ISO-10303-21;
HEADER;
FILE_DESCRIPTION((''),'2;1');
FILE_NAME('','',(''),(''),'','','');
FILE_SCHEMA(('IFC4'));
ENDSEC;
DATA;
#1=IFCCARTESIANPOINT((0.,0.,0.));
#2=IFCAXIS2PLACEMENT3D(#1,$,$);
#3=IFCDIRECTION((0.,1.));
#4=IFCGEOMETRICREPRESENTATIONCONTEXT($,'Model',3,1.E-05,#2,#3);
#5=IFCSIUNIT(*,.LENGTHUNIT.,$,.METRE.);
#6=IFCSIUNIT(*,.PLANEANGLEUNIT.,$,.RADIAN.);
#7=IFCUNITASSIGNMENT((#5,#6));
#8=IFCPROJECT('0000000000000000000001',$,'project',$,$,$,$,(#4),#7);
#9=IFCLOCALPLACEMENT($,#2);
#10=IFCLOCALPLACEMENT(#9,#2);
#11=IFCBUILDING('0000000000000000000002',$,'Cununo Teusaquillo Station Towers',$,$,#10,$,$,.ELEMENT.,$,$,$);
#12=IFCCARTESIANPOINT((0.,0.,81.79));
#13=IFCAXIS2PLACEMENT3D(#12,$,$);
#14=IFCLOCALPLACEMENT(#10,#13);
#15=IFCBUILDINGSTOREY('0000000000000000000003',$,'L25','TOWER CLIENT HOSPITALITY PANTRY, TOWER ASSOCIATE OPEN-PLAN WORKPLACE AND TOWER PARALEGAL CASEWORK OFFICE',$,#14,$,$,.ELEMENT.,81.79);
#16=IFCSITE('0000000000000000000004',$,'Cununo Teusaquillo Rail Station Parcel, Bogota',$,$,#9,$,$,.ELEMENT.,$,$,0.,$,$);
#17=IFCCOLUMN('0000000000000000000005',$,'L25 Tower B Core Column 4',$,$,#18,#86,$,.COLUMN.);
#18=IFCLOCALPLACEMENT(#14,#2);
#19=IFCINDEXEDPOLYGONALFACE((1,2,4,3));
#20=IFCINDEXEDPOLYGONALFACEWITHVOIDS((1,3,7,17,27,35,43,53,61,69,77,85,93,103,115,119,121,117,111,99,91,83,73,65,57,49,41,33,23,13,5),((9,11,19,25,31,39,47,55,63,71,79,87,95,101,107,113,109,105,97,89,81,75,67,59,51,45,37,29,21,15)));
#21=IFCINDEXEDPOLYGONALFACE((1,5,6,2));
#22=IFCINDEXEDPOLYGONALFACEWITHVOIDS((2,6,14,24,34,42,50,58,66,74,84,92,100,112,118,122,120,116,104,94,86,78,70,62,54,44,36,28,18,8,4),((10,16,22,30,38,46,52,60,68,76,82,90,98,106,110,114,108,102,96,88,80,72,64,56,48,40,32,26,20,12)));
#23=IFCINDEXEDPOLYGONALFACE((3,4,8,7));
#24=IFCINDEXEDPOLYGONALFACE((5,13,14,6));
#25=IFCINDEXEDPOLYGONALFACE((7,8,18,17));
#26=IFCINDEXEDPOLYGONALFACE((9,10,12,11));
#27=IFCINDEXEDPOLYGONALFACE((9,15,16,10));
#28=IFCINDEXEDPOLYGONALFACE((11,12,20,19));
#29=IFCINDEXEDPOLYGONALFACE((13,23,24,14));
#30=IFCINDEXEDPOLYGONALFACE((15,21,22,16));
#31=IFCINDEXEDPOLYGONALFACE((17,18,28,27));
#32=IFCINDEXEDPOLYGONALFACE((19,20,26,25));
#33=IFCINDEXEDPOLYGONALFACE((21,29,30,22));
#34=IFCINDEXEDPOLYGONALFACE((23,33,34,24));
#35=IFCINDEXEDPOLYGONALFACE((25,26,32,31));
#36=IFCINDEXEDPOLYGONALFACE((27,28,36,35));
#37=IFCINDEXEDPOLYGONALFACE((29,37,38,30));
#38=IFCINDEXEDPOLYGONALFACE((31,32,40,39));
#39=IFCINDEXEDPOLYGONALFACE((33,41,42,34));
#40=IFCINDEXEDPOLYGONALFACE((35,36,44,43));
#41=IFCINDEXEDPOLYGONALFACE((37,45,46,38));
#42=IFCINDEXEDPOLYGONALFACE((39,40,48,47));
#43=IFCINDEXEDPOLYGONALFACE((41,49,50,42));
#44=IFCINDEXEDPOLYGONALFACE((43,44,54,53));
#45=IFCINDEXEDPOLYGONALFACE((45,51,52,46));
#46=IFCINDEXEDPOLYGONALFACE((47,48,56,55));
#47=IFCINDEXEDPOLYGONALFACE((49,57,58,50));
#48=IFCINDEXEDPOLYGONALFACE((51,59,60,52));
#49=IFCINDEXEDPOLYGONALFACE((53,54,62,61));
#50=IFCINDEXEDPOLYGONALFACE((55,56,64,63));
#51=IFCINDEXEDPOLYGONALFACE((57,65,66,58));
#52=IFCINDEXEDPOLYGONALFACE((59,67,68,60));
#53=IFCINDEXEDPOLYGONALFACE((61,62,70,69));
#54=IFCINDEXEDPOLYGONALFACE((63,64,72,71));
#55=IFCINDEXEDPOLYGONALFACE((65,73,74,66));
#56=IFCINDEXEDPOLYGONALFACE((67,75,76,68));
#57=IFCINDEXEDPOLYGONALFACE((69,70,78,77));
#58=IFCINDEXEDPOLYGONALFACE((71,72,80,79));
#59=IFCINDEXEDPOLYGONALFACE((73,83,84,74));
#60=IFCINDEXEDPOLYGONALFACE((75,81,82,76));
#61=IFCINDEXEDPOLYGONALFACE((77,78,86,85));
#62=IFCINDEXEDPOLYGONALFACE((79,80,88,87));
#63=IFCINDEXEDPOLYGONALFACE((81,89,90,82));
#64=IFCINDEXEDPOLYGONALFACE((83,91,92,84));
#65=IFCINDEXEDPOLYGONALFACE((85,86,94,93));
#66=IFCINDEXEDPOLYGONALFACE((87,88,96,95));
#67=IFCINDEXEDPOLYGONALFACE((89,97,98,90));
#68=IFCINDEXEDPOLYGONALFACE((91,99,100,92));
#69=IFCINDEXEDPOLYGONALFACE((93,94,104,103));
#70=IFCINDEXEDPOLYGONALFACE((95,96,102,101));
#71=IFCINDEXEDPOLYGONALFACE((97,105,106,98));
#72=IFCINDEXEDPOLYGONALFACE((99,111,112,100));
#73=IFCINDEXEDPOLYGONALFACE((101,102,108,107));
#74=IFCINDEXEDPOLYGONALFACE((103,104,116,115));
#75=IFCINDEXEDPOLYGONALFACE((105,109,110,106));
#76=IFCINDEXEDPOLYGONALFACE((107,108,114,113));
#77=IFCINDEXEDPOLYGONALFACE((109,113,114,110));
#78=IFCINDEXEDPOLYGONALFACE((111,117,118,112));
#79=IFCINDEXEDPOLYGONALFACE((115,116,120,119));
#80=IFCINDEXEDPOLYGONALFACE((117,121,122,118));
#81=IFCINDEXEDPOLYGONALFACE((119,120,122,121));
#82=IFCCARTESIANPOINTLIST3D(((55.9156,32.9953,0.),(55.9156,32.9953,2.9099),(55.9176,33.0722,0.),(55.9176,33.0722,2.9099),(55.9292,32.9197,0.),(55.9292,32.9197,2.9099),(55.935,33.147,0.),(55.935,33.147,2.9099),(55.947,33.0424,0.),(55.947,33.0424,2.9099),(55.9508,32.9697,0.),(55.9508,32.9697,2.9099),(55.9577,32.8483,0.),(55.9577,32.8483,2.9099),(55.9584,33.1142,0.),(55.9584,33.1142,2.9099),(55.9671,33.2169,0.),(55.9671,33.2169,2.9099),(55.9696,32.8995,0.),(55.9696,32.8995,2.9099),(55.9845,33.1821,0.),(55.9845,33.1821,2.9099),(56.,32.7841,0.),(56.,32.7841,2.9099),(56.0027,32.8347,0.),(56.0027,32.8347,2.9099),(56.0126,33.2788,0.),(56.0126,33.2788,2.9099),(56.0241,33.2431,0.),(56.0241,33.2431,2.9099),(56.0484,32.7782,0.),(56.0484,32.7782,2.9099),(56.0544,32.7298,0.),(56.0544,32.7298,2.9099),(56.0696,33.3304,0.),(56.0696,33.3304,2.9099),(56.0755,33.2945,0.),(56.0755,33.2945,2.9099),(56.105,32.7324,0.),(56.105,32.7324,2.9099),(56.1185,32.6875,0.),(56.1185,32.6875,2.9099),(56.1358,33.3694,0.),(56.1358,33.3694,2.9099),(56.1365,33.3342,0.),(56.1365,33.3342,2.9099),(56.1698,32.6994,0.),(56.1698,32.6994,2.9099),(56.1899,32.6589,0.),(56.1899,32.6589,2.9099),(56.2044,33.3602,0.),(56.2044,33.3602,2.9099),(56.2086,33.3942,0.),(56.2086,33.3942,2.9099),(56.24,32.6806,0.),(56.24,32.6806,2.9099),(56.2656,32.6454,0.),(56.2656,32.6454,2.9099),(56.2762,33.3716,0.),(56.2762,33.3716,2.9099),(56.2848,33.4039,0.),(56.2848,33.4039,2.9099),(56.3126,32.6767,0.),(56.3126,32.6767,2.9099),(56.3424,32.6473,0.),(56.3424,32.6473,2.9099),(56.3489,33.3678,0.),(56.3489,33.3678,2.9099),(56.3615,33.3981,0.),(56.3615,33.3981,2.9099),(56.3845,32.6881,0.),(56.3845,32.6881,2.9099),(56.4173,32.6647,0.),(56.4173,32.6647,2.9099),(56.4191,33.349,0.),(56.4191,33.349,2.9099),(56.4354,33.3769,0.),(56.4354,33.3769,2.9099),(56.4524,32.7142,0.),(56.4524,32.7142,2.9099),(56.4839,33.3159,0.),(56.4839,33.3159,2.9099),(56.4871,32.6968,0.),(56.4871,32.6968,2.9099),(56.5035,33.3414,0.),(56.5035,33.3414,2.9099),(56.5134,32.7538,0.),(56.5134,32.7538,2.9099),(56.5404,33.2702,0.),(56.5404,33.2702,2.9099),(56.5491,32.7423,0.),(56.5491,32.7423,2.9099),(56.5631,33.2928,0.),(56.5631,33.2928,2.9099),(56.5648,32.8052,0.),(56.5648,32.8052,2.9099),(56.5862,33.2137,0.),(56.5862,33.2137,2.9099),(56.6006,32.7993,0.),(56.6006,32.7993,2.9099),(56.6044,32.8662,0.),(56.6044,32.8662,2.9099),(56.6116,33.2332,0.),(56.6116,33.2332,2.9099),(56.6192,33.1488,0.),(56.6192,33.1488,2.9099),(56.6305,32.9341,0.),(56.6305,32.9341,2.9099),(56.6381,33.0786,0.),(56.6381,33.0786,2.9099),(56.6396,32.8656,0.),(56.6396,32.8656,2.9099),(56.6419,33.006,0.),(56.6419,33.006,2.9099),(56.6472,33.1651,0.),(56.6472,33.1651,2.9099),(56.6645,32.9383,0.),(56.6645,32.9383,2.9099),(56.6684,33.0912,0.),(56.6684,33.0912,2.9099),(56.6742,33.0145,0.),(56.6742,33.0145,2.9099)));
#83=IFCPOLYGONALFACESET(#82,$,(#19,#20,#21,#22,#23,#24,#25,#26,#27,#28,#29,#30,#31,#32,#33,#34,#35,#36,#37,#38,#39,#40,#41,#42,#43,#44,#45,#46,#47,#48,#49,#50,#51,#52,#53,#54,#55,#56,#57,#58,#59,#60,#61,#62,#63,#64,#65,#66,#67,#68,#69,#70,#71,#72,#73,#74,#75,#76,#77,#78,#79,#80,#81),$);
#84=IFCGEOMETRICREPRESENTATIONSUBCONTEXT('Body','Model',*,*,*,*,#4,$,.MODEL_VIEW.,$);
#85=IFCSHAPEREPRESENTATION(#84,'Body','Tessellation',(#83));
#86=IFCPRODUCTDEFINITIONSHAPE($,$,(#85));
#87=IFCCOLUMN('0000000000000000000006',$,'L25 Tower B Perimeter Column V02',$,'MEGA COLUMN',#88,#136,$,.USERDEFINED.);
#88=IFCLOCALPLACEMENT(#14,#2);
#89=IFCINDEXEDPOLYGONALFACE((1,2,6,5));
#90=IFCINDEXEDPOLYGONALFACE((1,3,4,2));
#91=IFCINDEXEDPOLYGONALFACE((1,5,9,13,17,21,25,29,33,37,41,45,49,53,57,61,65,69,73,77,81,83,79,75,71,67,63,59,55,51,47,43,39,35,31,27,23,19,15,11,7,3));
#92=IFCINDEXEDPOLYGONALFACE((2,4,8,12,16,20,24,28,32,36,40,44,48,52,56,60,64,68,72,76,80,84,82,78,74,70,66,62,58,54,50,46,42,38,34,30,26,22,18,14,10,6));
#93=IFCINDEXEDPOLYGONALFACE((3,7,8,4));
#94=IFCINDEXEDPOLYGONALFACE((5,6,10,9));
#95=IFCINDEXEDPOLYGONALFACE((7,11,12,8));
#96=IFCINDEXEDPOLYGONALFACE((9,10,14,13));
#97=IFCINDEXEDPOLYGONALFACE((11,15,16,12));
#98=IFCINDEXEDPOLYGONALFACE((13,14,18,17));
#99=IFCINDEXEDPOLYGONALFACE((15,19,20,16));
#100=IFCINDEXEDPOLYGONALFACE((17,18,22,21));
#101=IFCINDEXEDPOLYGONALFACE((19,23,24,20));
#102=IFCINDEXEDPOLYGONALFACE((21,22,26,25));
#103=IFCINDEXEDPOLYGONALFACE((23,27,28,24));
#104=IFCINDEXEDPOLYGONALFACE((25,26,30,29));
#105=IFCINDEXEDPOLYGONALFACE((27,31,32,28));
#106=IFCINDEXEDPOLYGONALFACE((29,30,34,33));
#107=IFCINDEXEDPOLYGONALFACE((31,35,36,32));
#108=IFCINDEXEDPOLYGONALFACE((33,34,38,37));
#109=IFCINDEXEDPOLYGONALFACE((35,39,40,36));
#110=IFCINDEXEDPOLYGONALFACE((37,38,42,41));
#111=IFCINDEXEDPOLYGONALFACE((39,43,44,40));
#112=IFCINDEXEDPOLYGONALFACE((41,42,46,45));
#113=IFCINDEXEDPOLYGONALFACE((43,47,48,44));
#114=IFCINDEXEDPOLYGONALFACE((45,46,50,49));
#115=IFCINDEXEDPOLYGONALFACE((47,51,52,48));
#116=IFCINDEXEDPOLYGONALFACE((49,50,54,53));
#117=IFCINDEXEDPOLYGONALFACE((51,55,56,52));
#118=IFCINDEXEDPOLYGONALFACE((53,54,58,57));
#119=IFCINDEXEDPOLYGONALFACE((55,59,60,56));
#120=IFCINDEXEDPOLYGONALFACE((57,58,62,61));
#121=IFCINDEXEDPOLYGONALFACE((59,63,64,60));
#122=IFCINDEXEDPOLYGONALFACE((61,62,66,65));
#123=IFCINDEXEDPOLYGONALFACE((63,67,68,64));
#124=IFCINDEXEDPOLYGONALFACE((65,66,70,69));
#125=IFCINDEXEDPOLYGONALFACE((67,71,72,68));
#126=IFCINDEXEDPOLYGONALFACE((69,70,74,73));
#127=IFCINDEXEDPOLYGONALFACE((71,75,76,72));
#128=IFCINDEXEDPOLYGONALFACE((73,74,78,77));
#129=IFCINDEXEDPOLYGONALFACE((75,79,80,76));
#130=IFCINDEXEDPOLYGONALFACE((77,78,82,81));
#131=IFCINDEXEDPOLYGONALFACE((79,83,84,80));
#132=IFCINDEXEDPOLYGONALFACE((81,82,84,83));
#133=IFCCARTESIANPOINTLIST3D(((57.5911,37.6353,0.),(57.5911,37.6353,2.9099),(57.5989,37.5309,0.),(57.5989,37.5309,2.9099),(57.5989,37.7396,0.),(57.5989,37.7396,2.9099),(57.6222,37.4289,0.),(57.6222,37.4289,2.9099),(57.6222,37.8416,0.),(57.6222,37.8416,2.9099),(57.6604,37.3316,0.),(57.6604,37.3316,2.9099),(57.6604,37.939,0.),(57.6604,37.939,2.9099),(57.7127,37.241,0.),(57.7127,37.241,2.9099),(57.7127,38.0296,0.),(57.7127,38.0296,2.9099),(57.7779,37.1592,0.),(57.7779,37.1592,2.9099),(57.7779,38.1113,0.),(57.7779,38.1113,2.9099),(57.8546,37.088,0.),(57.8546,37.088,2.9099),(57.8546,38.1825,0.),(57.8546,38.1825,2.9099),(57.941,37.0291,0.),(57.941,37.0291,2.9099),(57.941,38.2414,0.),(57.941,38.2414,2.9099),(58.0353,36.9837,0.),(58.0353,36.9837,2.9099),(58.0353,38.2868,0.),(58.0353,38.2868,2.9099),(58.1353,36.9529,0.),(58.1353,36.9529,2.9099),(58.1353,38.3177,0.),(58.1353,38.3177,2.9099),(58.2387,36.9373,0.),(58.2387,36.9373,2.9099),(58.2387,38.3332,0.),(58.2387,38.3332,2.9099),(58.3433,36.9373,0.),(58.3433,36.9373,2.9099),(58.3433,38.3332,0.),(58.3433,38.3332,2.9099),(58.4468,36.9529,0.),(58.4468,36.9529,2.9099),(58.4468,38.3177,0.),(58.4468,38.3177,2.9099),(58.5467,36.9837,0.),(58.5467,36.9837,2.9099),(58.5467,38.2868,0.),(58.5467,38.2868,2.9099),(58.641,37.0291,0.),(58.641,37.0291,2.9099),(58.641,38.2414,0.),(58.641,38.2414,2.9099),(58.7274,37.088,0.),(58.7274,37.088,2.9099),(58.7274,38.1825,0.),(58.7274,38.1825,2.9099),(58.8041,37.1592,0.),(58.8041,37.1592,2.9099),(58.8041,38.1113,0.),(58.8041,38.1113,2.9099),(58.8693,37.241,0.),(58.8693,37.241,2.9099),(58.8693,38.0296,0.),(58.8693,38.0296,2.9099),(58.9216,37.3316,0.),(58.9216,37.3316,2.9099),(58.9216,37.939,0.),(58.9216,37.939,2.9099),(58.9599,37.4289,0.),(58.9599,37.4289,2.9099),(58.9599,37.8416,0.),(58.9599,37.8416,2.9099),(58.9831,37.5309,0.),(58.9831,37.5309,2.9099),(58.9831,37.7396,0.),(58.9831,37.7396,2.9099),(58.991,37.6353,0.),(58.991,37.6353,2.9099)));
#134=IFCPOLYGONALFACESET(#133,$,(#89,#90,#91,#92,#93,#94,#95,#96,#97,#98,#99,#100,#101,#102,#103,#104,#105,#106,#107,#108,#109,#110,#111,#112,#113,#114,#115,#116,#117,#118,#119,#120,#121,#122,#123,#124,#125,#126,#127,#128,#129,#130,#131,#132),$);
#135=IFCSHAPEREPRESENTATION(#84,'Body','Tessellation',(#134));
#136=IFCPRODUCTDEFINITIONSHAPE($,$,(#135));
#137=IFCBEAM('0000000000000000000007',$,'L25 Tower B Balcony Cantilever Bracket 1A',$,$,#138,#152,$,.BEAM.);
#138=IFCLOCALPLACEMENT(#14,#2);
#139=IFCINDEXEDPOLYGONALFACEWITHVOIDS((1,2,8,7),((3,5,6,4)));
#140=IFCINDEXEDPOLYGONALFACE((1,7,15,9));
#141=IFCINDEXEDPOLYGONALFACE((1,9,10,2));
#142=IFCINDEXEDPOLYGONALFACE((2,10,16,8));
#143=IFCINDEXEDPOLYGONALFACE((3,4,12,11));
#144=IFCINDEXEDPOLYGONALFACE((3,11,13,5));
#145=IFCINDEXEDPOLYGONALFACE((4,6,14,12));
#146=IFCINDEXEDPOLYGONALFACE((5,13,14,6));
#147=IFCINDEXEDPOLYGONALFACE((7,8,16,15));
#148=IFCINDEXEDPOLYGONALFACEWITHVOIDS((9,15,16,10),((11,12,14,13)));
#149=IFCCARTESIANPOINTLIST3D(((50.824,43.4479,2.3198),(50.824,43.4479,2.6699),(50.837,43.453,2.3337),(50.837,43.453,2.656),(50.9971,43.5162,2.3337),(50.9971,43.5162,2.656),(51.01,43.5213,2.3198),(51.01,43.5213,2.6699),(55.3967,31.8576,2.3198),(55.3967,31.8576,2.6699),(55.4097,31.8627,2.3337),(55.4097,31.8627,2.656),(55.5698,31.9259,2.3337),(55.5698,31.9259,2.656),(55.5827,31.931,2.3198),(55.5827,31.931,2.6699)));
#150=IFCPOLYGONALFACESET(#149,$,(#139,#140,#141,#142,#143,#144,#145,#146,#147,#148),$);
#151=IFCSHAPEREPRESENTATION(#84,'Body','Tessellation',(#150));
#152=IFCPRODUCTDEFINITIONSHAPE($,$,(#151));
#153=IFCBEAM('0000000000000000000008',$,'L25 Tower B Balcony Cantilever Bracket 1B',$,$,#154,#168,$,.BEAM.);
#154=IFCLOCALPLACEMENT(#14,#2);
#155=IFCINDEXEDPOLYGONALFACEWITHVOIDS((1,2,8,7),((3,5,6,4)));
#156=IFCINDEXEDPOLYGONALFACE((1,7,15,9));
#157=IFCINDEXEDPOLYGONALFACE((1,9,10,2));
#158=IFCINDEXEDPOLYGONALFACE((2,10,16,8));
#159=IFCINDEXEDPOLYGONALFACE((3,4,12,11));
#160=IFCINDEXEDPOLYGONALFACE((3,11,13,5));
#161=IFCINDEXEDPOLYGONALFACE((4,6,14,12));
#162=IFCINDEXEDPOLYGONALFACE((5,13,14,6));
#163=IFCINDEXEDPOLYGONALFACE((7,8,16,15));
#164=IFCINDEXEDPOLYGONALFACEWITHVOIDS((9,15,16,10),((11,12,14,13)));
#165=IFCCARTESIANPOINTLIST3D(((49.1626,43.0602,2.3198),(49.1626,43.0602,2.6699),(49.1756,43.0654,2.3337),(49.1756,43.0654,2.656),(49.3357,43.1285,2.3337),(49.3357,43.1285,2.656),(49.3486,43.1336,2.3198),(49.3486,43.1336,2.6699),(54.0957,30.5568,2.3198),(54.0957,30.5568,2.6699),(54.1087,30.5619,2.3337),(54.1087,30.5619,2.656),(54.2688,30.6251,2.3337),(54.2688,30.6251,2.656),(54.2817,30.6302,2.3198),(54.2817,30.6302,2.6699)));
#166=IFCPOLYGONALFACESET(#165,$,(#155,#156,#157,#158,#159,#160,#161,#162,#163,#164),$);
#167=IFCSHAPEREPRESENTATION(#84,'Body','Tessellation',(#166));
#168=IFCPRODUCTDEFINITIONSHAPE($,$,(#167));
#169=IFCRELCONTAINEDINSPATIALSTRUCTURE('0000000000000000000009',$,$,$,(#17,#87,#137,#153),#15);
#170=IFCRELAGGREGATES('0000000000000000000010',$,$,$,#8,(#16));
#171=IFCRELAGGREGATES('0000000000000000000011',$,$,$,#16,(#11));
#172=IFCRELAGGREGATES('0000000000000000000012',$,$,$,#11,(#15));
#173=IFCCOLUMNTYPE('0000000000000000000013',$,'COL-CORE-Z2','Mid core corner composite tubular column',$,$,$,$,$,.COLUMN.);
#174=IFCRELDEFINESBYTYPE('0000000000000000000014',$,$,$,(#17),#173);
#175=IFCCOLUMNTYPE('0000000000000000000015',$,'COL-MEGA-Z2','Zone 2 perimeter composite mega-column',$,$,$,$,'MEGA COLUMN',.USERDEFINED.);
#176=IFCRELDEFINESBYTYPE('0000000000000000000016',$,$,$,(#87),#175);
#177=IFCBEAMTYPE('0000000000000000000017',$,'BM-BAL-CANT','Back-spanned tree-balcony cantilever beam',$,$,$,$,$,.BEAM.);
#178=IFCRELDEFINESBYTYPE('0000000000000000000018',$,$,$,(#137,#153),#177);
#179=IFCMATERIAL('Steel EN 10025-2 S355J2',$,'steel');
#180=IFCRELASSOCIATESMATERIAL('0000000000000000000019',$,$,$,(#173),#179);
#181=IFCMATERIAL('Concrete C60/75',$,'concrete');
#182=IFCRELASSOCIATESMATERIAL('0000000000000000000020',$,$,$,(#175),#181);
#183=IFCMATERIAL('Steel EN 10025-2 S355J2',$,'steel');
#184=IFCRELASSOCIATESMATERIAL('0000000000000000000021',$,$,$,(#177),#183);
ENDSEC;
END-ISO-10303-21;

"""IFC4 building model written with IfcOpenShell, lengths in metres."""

from ifc_helpers import new_model, si_unit, direction, frame, origin, origin_2d, place, context, subcontext, project, spatial, hollow_rectangle, circle, hollow_circle, extrude, material, material_profile, profile_set, type_object, element, save


model = new_model("IFC4")

# Units and contexts
model_context = context("Model", 3, precision=1e-05, world=origin(), true_north=direction((0.0, 1.0)))
body_context = subcontext(model_context, "Body", "Model", "MODEL_VIEW")
ifc_project = project(units=[si_unit("LENGTHUNIT", "METRE"), si_unit("PLANEANGLEUNIT", "RADIAN")], contexts=[model_context])

# Site, building, storey
site_placement = place(None, origin())
site = spatial("IfcSite", under=ifc_project, at=site_placement, Name="Cununo Teusaquillo Rail Station Parcel, Bogota", CompositionType="ELEMENT", RefElevation=0.0)
building_placement = place(site_placement, origin())
building = spatial("IfcBuilding", under=site, at=building_placement, Name="Cununo Teusaquillo Station Towers", CompositionType="ELEMENT")
storey_placement = place(building_placement, frame((0.0, 0.0, 81.79)))
storey = spatial("IfcBuildingStorey", under=building, at=storey_placement, Name="L25", Description="TOWER CLIENT HOSPITALITY PANTRY, TOWER ASSOCIATE OPEN-PLAN WORKPLACE AND TOWER PARALEGAL CASEWORK OFFICE", CompositionType="ELEMENT", Elevation=81.79)

# Columns
ifc_material_1 = material(Name="Steel EN 10025-2 S355J2", Category="steel")
ifc_material_profile_1 = material_profile(ifc_material_1, hollow_circle(Radius=0.3799, WallThickness=0.032, at=origin_2d()), Name="CHS 760x32")
ifc_profile_set_1 = profile_set([ifc_material_profile_1], Name="Steel EN 10025-2 S355J2")
column_type_1 = type_object("IfcColumnType", Name="COL-CORE-Z2", Description="Mid core corner composite tubular column", PredefinedType="COLUMN", material=ifc_profile_set_1)
column_1_placement = place(storey_placement, frame((56.2944, 33.0242, 0.0), z_axis=(0.0, 0.0, 1.0), x_axis=(0.707107, 0.707107, 0.0)))
element("IfcColumn", 1, at=column_1_placement, inside=storey, type_object=column_type_1, Name="L25 Tower B Core Column 4", PredefinedType="COLUMN", context=body_context, shape_type="SweptSolid", body=[
    extrude(hollow_circle(Radius=0.3799, WallThickness=0.032, at=origin_2d()), origin(), (0.0, 0.0, 1.0), 2.9099),
])
ifc_material_2 = material(Name="Concrete C60/75", Category="concrete")
ifc_material_profile_2 = material_profile(ifc_material_2, circle(Radius=0.7, at=origin_2d()), Name="RC-CIRC-1400")
ifc_profile_set_2 = profile_set([ifc_material_profile_2], Name="Concrete C60/75")
column_type_2 = type_object("IfcColumnType", Name="COL-MEGA-Z2", Description="Zone 2 perimeter composite mega-column", ElementType="MEGA COLUMN", PredefinedType="USERDEFINED", material=ifc_profile_set_2)
column_2_placement = place(storey_placement, frame((58.291, 37.6353, 0.0), z_axis=(0.0, 0.0, 1.0), x_axis=(1.0, 0.0, 0.0)))
element("IfcColumn", 2, at=column_2_placement, inside=storey, type_object=column_type_2, Name="L25 Tower B Perimeter Column V02", ObjectType="MEGA COLUMN", PredefinedType="USERDEFINED", context=body_context, shape_type="SweptSolid", body=[
    extrude(circle(Radius=0.7, at=origin_2d()), origin(), (0.0, 0.0, 1.0), 2.9099),
])

# Beams
ifc_material_3 = material(Name="Steel EN 10025-2 S355J2", Category="steel")
ifc_material_profile_3 = material_profile(ifc_material_3, hollow_rectangle(XDim=0.2, YDim=0.3501, WallThickness=0.0139, at=origin_2d()), Name="RHS 350x200x14")
ifc_profile_set_3 = profile_set([ifc_material_profile_3], Name="Steel EN 10025-2 S355J2")
beam_type_1 = type_object("IfcBeamType", Name="BM-BAL-CANT", Description="Back-spanned tree-balcony cantilever beam", PredefinedType="BEAM", material=ifc_profile_set_3)
beam_1_placement = place(storey_placement, frame((55.4897, 31.8943, 2.4949), z_axis=(-0.367001, 0.93022, 0.0), x_axis=(-0.93022, -0.367001, 0.0)))
element("IfcBeam", 3, at=beam_1_placement, inside=storey, type_object=beam_type_1, Name="L25 Tower B Balcony Cantilever Bracket 1A", PredefinedType="BEAM", context=body_context, shape_type="SweptSolid", body=[
    extrude(hollow_rectangle(XDim=0.2, YDim=0.3501, WallThickness=0.0139, at=origin_2d()), origin(), (0.0, 0.0, 1.0), 12.4597),
])
beam_2_placement = place(storey_placement, frame((54.1887, 30.5935, 2.4949), z_axis=(-0.367009, 0.930218, 0.0), x_axis=(-0.930218, -0.367009, 0.0)))
element("IfcBeam", 4, at=beam_2_placement, inside=storey, type_object=beam_type_1, Name="L25 Tower B Balcony Cantilever Bracket 1B", PredefinedType="BEAM", context=body_context, shape_type="SweptSolid", body=[
    extrude(hollow_rectangle(XDim=0.2, YDim=0.3501, WallThickness=0.0139, at=origin_2d()), origin(), (0.0, 0.0, 1.0), 13.4414),
])

save(model, "model.ifc")
